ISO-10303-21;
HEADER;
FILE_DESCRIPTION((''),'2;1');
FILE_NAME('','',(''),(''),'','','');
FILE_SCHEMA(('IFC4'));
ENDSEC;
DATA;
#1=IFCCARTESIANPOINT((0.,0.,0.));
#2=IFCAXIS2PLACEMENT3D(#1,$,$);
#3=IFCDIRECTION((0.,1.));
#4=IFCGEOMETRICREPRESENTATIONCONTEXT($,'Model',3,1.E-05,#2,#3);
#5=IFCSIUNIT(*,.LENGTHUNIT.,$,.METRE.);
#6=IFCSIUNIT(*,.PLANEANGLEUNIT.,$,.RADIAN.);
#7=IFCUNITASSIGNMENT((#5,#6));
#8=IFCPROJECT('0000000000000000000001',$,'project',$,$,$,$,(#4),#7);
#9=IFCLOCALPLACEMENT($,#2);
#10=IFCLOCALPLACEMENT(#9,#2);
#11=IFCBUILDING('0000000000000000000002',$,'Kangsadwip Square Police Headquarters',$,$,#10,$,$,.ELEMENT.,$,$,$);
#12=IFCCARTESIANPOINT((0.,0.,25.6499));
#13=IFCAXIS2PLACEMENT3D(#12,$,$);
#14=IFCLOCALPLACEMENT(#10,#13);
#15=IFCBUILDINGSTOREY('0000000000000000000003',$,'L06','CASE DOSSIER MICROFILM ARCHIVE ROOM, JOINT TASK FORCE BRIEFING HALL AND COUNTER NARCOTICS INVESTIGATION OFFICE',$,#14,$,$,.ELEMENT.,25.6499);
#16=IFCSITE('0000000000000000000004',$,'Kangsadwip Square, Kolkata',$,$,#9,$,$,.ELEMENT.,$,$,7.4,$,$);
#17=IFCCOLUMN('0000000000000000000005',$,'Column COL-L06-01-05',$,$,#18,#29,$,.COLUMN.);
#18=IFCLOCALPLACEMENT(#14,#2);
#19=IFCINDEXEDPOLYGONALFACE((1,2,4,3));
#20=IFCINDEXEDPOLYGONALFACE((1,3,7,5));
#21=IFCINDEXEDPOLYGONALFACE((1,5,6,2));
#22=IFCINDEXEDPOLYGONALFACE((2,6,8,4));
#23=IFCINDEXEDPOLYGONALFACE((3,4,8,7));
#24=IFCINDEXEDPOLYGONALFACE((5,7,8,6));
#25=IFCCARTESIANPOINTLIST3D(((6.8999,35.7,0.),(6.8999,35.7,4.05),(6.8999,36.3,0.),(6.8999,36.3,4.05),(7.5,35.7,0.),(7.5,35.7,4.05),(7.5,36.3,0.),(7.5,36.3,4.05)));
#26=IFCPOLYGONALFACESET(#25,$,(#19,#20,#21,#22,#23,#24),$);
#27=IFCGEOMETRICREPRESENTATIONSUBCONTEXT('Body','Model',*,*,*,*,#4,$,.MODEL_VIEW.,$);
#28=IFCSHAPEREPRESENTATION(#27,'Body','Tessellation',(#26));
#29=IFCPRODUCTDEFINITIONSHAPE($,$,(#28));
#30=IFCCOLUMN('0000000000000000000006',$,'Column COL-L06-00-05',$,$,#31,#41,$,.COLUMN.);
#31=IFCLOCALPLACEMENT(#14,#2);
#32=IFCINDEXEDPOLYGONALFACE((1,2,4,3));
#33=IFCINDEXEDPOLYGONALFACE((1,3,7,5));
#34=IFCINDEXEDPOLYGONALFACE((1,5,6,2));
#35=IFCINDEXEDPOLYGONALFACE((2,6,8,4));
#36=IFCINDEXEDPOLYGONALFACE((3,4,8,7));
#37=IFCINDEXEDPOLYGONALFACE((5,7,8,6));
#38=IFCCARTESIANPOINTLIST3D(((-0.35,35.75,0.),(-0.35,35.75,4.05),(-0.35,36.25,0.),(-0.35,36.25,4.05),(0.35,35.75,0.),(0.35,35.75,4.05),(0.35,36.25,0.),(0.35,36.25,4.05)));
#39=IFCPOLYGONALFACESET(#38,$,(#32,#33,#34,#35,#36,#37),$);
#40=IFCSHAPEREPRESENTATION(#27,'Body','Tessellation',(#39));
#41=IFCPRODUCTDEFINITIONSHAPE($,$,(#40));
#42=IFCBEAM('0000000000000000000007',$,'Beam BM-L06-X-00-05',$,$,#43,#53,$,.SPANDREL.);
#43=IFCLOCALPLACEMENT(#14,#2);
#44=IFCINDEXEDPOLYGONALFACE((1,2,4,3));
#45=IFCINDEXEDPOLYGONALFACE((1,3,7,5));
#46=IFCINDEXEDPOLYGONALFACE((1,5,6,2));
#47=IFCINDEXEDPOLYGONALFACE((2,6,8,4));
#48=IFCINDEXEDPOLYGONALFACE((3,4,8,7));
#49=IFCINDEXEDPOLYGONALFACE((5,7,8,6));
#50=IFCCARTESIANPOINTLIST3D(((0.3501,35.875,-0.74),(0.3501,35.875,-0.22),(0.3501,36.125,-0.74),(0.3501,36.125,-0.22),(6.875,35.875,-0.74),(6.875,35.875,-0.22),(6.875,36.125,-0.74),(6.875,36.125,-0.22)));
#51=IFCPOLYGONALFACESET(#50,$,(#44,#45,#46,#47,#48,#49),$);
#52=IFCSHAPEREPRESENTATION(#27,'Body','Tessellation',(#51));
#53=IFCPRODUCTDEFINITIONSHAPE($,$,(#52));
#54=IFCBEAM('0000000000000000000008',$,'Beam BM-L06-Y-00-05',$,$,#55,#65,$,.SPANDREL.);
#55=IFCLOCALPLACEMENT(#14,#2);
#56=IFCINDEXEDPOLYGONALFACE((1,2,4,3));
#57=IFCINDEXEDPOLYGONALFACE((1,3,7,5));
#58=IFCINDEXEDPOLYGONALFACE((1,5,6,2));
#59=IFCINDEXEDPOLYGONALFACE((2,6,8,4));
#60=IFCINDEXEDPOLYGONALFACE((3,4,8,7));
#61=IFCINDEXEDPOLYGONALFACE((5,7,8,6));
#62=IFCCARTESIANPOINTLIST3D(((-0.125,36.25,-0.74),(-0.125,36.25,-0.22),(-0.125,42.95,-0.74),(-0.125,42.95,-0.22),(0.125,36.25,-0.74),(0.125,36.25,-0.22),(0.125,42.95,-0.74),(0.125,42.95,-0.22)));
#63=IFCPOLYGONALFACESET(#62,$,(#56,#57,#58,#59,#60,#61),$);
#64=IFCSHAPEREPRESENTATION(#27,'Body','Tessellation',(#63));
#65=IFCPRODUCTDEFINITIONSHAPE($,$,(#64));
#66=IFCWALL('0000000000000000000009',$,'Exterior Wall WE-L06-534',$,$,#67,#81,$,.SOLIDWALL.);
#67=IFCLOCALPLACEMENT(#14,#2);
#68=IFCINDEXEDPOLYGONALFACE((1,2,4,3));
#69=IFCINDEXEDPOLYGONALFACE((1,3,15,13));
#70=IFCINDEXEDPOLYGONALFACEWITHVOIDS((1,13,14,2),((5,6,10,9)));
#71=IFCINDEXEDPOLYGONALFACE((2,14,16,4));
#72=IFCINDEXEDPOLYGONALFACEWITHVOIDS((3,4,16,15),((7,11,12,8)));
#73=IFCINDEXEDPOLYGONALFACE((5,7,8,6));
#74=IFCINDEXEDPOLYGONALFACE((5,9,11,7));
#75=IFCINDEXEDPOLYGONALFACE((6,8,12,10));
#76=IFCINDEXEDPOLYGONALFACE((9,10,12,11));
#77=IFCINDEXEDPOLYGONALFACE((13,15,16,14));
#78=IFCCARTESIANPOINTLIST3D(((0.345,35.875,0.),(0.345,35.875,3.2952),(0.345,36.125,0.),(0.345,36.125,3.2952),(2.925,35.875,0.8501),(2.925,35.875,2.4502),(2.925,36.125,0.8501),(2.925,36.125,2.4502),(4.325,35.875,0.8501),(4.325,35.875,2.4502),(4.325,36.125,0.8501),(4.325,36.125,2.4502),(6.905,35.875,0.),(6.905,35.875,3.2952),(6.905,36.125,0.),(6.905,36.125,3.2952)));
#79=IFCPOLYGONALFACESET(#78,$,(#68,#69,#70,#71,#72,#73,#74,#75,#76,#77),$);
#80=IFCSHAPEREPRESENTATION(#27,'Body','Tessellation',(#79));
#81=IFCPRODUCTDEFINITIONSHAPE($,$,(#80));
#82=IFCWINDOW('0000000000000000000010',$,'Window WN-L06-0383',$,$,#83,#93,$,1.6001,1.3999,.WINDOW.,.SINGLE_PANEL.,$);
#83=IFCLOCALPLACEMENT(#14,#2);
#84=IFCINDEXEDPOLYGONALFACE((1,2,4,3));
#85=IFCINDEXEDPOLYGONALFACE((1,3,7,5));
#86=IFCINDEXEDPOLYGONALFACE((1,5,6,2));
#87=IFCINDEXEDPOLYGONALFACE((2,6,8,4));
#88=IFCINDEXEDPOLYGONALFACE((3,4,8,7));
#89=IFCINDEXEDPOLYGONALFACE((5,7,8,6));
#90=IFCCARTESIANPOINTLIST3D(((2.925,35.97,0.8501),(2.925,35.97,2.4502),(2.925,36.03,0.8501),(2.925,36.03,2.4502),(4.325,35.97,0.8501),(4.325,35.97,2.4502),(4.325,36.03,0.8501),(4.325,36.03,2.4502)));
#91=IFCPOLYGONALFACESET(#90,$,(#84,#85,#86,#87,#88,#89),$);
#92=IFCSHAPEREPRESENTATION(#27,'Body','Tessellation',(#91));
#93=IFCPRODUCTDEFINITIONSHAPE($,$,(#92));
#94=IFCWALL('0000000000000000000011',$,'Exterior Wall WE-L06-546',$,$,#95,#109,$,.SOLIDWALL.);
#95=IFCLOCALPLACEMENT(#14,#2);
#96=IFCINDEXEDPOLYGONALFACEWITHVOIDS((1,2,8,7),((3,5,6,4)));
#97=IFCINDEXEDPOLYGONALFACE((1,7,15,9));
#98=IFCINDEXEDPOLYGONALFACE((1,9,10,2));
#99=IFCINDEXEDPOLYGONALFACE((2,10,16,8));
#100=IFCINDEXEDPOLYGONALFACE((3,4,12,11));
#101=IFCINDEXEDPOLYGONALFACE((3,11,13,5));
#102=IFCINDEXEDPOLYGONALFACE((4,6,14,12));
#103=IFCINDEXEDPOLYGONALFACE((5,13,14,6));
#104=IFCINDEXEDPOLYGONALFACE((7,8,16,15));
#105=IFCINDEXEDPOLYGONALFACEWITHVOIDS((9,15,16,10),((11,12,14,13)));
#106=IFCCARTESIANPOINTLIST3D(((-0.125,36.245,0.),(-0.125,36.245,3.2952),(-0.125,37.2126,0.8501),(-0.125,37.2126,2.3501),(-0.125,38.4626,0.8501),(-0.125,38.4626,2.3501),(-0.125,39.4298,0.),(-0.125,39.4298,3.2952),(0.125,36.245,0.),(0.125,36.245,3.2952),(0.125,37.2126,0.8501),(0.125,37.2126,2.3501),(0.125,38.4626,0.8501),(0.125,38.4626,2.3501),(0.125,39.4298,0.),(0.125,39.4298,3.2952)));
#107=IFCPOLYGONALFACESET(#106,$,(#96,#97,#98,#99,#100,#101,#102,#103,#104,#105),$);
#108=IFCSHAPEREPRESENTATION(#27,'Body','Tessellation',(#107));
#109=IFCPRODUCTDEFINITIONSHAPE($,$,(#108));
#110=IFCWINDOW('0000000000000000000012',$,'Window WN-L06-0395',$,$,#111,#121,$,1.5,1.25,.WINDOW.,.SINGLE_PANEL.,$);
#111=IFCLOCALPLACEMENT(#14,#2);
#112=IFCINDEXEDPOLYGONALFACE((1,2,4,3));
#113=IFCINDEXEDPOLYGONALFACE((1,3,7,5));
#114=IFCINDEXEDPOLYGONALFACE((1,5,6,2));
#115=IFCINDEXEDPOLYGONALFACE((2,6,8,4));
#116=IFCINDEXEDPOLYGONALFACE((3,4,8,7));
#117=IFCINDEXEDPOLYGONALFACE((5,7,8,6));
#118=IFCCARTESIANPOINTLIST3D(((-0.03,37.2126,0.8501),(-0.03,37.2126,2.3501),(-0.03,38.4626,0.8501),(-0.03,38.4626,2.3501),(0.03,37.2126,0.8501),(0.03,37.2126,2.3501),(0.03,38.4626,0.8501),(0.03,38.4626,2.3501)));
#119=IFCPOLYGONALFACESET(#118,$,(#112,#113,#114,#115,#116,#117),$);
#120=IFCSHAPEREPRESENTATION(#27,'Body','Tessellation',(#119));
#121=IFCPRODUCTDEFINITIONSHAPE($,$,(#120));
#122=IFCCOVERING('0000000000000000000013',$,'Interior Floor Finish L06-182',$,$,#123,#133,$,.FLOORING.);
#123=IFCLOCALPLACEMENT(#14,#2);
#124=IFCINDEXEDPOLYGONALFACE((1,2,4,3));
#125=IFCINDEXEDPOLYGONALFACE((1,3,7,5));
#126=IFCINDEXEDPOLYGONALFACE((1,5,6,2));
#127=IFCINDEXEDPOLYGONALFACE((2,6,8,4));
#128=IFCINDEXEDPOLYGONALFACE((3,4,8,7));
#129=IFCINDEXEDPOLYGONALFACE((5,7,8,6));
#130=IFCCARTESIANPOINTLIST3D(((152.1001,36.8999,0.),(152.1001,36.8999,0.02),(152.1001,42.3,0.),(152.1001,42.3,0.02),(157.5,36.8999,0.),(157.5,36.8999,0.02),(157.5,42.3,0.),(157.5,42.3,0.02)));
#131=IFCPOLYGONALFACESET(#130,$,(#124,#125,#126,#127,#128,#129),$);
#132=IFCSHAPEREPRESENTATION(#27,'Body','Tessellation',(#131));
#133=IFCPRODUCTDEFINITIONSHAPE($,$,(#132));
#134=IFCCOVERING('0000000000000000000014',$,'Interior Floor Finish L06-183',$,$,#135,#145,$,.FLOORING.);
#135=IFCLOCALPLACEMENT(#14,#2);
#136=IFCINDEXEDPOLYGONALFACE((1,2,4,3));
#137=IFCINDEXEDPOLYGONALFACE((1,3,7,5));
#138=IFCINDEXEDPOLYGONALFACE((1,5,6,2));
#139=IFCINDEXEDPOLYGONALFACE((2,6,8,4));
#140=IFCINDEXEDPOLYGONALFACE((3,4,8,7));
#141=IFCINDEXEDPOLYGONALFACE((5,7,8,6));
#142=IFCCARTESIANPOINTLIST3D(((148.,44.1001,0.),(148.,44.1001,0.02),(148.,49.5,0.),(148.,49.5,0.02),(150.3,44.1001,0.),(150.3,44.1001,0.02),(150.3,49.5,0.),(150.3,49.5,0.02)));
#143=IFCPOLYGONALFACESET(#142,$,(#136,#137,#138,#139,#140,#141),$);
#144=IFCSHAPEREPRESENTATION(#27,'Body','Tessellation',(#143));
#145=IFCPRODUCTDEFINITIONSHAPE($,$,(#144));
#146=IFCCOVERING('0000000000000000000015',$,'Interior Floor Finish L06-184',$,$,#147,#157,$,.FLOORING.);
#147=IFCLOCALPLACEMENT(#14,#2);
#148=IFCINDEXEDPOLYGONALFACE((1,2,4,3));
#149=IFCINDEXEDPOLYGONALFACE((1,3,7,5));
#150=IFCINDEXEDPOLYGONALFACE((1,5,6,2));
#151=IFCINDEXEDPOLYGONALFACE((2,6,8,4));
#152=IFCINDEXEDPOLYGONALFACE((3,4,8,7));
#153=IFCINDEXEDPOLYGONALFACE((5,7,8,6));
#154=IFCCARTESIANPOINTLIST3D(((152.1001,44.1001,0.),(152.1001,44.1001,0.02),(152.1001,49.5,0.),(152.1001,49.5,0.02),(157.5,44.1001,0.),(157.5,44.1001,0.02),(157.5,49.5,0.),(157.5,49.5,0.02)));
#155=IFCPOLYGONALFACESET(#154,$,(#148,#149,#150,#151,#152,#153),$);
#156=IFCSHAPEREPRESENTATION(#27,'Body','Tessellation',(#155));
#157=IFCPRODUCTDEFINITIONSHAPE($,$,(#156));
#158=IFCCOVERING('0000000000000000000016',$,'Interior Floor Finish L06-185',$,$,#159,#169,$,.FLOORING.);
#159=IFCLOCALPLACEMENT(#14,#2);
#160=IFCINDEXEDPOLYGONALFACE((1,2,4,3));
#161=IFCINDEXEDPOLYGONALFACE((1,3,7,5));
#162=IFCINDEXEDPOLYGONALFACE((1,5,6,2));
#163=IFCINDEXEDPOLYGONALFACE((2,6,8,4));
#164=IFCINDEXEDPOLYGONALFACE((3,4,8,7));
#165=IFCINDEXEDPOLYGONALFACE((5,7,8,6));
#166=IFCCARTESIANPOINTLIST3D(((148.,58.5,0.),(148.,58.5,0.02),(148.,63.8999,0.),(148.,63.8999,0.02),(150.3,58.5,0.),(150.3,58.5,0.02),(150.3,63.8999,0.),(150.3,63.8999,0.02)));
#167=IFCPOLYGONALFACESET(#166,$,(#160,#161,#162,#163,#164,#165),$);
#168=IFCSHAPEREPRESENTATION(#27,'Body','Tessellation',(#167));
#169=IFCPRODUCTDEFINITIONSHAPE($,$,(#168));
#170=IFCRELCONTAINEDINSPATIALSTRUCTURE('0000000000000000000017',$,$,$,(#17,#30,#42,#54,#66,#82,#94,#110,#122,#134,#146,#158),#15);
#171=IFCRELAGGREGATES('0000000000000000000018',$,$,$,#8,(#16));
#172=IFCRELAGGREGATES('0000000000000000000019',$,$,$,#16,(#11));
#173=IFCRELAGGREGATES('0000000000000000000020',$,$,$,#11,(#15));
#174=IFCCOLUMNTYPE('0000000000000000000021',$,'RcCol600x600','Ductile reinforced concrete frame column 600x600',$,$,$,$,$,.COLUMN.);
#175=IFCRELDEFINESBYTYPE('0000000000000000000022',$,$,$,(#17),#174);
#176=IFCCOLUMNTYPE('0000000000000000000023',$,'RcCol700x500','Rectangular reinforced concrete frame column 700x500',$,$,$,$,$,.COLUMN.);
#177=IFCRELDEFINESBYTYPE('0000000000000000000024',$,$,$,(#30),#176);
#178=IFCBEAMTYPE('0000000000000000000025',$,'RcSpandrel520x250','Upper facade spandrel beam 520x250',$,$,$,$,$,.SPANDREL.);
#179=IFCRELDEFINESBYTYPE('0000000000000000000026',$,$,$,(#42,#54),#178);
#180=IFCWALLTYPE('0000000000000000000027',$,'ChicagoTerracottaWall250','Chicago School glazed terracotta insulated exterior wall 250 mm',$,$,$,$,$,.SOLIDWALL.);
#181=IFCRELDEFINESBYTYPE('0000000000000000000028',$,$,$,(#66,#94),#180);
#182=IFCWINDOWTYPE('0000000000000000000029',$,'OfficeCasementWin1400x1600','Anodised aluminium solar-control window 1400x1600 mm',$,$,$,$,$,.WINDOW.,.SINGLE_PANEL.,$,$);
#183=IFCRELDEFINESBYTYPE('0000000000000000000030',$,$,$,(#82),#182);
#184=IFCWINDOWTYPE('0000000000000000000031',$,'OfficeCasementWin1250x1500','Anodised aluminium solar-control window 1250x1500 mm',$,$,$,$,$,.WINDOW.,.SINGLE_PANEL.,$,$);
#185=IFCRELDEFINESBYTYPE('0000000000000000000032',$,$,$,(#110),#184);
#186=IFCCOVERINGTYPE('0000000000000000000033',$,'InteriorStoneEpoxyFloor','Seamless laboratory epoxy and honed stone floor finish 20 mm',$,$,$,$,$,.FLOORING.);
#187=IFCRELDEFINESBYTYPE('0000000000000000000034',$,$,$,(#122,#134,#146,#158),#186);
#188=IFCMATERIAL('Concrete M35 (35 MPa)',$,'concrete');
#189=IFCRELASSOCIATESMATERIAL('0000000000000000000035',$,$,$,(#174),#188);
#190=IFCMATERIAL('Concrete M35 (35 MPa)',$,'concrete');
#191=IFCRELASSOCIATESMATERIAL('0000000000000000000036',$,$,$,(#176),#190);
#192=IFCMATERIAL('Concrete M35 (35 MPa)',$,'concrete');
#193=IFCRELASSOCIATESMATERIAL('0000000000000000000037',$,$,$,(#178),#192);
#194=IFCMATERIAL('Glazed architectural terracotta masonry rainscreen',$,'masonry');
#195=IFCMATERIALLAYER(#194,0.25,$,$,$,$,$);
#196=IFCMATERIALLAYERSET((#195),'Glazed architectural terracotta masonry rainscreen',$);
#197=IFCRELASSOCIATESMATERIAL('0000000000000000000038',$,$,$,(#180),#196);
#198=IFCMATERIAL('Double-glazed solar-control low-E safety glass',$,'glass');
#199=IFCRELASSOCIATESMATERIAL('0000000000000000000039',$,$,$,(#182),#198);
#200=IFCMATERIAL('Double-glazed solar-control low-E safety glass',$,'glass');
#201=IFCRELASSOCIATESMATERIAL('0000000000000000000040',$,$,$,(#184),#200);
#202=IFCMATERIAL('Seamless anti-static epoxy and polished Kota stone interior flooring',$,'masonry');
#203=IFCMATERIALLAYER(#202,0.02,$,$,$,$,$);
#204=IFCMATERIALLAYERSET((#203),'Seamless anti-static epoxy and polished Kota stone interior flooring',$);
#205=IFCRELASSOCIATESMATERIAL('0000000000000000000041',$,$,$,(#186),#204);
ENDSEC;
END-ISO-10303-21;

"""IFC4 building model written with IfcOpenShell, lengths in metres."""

from ifc_helpers import new_model, si_unit, direction, frame, frame_2d, origin, origin_2d, place, context, subcontext, project, spatial, polyline, rectangle, outline, extrude, material, layer, layer_set, material_profile, profile_set, type_object, element, fill, save


model = new_model("IFC4")

# Units and contexts
model_context = context("Model", 3, precision=1e-05, world=origin(), true_north=direction((0.0, 1.0)))
body_context = subcontext(model_context, "Body", "Model", "MODEL_VIEW")
ifc_project = project(units=[si_unit("LENGTHUNIT", "METRE"), si_unit("PLANEANGLEUNIT", "RADIAN")], contexts=[model_context])

# Site, building, storey
site_placement = place(None, origin())
site = spatial("IfcSite", under=ifc_project, at=site_placement, Name="Kangsadwip Square, Kolkata", CompositionType="ELEMENT", RefElevation=7.4)
building_placement = place(site_placement, origin())
building = spatial("IfcBuilding", under=site, at=building_placement, Name="Kangsadwip Square Police Headquarters", CompositionType="ELEMENT")
storey_placement = place(building_placement, frame((0.0, 0.0, 25.6499)))
storey = spatial("IfcBuildingStorey", under=building, at=storey_placement, Name="L06", Description="CASE DOSSIER MICROFILM ARCHIVE ROOM, JOINT TASK FORCE BRIEFING HALL AND COUNTER NARCOTICS INVESTIGATION OFFICE", CompositionType="ELEMENT", Elevation=25.6499)

# Columns
ifc_material_1 = material(Name="Concrete M35 (35 MPa)", Category="concrete")
ifc_material_profile_1 = material_profile(ifc_material_1, rectangle(XDim=0.6001, YDim=0.6001, at=origin_2d()), Name="RC COL 600X600")
ifc_profile_set_1 = profile_set([ifc_material_profile_1], Name="Concrete M35 (35 MPa)")
column_type_1 = type_object("IfcColumnType", Name="RcCol600x600", Description="Ductile reinforced concrete frame column 600x600", PredefinedType="COLUMN", material=ifc_profile_set_1)
column_1_placement = place(storey_placement, frame((7.2, 36.0, 0.0), z_axis=(0.0, 0.0, 1.0), x_axis=(1.0, 0.0, 0.0)))
element("IfcColumn", 1, at=column_1_placement, inside=storey, type_object=column_type_1, Name="Column COL-L06-01-05", PredefinedType="COLUMN", context=body_context, shape_type="SweptSolid", body=[
    extrude(rectangle(XDim=0.6001, YDim=0.6001, at=origin_2d()), origin(), (0.0, 0.0, 1.0), 4.05),
])
ifc_material_2 = material(Name="Concrete M35 (35 MPa)", Category="concrete")
ifc_material_profile_2 = material_profile(ifc_material_2, rectangle(XDim=0.5, YDim=0.7, at=origin_2d()), Name="RC COL 700X500")
ifc_profile_set_2 = profile_set([ifc_material_profile_2], Name="Concrete M35 (35 MPa)")
column_type_2 = type_object("IfcColumnType", Name="RcCol700x500", Description="Rectangular reinforced concrete frame column 700x500", PredefinedType="COLUMN", material=ifc_profile_set_2)
column_2_placement = place(storey_placement, frame((0.0, 36.0, 0.0), z_axis=(0.0, 0.0, 1.0), x_axis=(0.0, 1.0, 0.0)))
element("IfcColumn", 2, at=column_2_placement, inside=storey, type_object=column_type_2, Name="Column COL-L06-00-05", PredefinedType="COLUMN", context=body_context, shape_type="SweptSolid", body=[
    extrude(rectangle(XDim=0.5, YDim=0.7, at=origin_2d()), origin(), (0.0, 0.0, 1.0), 4.05),
])

# Beams
ifc_material_3 = material(Name="Concrete M35 (35 MPa)", Category="concrete")
ifc_material_profile_3 = material_profile(ifc_material_3, rectangle(XDim=0.25, YDim=0.52, at=origin_2d()), Name="RC SPN 520X250")
ifc_profile_set_3 = profile_set([ifc_material_profile_3], Name="Concrete M35 (35 MPa)")
beam_type = type_object("IfcBeamType", Name="RcSpandrel520x250", Description="Upper facade spandrel beam 520x250", PredefinedType="SPANDREL", material=ifc_profile_set_3)
beam_1_placement = place(storey_placement, frame((0.3501, 36.0, -0.48), z_axis=(1.0, 0.0, 0.0), x_axis=(0.0, 1.0, 0.0)))
element("IfcBeam", 3, at=beam_1_placement, inside=storey, type_object=beam_type, Name="Beam BM-L06-X-00-05", PredefinedType="SPANDREL", context=body_context, shape_type="SweptSolid", body=[
    extrude(rectangle(XDim=0.25, YDim=0.52, at=origin_2d()), origin(), (0.0, 0.0, 1.0), 6.5249),
])
beam_2_placement = place(storey_placement, frame((0.0, 36.25, -0.48), z_axis=(0.0, 1.0, 0.0), x_axis=(-1.0, 0.0, 0.0)))
element("IfcBeam", 4, at=beam_2_placement, inside=storey, type_object=beam_type, Name="Beam BM-L06-Y-00-05", PredefinedType="SPANDREL", context=body_context, shape_type="SweptSolid", body=[
    extrude(rectangle(XDim=0.25, YDim=0.52, at=origin_2d()), origin(), (0.0, 0.0, 1.0), 6.7),
])

# Walls, openings, windows
ifc_material_4 = material(Name="Glazed architectural terracotta masonry rainscreen", Category="masonry")
ifc_layer_1 = layer(ifc_material_4, 0.25)
ifc_layer_set_1 = layer_set([ifc_layer_1], Name="Glazed architectural terracotta masonry rainscreen")
wall_type = type_object("IfcWallType", Name="ChicagoTerracottaWall250", Description="Chicago School glazed terracotta insulated exterior wall 250 mm", PredefinedType="SOLIDWALL", material=ifc_layer_set_1)
wall_1_placement = place(storey_placement, frame((0.345, 36.0, 0.0), z_axis=(0.0, 0.0, 1.0), x_axis=(1.0, 0.0, 0.0)))
wall_1 = element("IfcWall", 5, at=wall_1_placement, inside=storey, type_object=wall_type, Name="Exterior Wall WE-L06-534", PredefinedType="SOLIDWALL", context=body_context, shape_type="SweptSolid", body=[
    extrude(rectangle(XDim=6.5601, YDim=0.25, at=frame_2d((3.28, 0.0))), origin(), (0.0, 0.0, 1.0), 3.2952),
])
opening_1_placement = place(wall_1_placement, frame((2.5801, 0.0, 0.8501)))
opening_1 = element("IfcOpeningElement", 6, at=opening_1_placement, cuts=wall_1, PredefinedType="OPENING", context=body_context, shape_type="SweptSolid", body=[
    extrude(rectangle(XDim=1.3999, YDim=1.6001, at=frame_2d((0.7, 0.8))), frame((0.0, 0.135, 0.0), z_axis=(0.0, -1.0, 0.0), x_axis=(1.0, 0.0, 0.0)), (0.0, 0.0, 1.0), 0.27),
])
ifc_material_5 = material(Name="Double-glazed solar-control low-E safety glass", Category="glass")
window_type_1 = type_object("IfcWindowType", Name="OfficeCasementWin1400x1600", Description="Anodised aluminium solar-control window 1400x1600 mm", PartitioningType="SINGLE_PANEL", PredefinedType="WINDOW", material=ifc_material_5)
window_1_placement = place(opening_1_placement, origin())
window_1 = element("IfcWindow", 7, at=window_1_placement, inside=storey, type_object=window_type_1, Name="Window WN-L06-0383", OverallHeight=1.6001, OverallWidth=1.3999, PartitioningType="SINGLE_PANEL", PredefinedType="WINDOW", context=body_context, shape_type="SweptSolid", body=[
    extrude(rectangle(XDim=1.3999, YDim=1.6001, at=frame_2d((0.7, 0.8))), frame((0.0, 0.03, 0.0), z_axis=(0.0, -1.0, 0.0), x_axis=(1.0, 0.0, 0.0)), (0.0, 0.0, 1.0), 0.0601),
])
fill(opening_1, window_1)
wall_2_placement = place(storey_placement, frame((0.0, 36.2451, 0.0), z_axis=(0.0, 0.0, 1.0), x_axis=(0.0, 1.0, 0.0)))
wall_2 = element("IfcWall", 8, at=wall_2_placement, inside=storey, type_object=wall_type, Name="Exterior Wall WE-L06-546", PredefinedType="SOLIDWALL", context=body_context, shape_type="SweptSolid", body=[
    extrude(rectangle(XDim=3.1848, YDim=0.25, at=frame_2d((1.5923, 0.0))), origin(), (0.0, 0.0, 1.0), 3.2952),
])
opening_2_placement = place(wall_2_placement, frame((0.9675, 0.0, 0.8501)))
opening_2 = element("IfcOpeningElement", 9, at=opening_2_placement, cuts=wall_2, PredefinedType="OPENING", context=body_context, shape_type="SweptSolid", body=[
    extrude(rectangle(XDim=1.25, YDim=1.5, at=frame_2d((0.625, 0.75))), frame((0.0, 0.135, 0.0), z_axis=(0.0, -1.0, 0.0), x_axis=(1.0, 0.0, 0.0)), (0.0, 0.0, 1.0), 0.27),
])
ifc_material_6 = material(Name="Double-glazed solar-control low-E safety glass", Category="glass")
window_type_2 = type_object("IfcWindowType", Name="OfficeCasementWin1250x1500", Description="Anodised aluminium solar-control window 1250x1500 mm", PartitioningType="SINGLE_PANEL", PredefinedType="WINDOW", material=ifc_material_6)
window_2_placement = place(opening_2_placement, origin())
window_2 = element("IfcWindow", 10, at=window_2_placement, inside=storey, type_object=window_type_2, Name="Window WN-L06-0395", OverallHeight=1.5, OverallWidth=1.25, PartitioningType="SINGLE_PANEL", PredefinedType="WINDOW", context=body_context, shape_type="SweptSolid", body=[
    extrude(rectangle(XDim=1.25, YDim=1.5, at=frame_2d((0.625, 0.75))), frame((0.0, 0.03, 0.0), z_axis=(0.0, -1.0, 0.0), x_axis=(1.0, 0.0, 0.0)), (0.0, 0.0, 1.0), 0.0601),
])
fill(opening_2, window_2)

# Coverings
ifc_material_7 = material(Name="Seamless anti-static epoxy and polished Kota stone interior flooring", Category="masonry")
ifc_layer_2 = layer(ifc_material_7, 0.02)
ifc_layer_set_2 = layer_set([ifc_layer_2], Name="Seamless anti-static epoxy and polished Kota stone interior flooring")
covering_type_1 = type_object("IfcCoveringType", Name="InteriorStoneEpoxyFloor", Description="Seamless laboratory epoxy and honed stone floor finish 20 mm", PredefinedType="FLOORING", material=ifc_layer_set_2)
covering_1_placement = place(storey_placement, origin())
element("IfcCovering", 11, at=covering_1_placement, inside=storey, type_object=covering_type_1, Name="Interior Floor Finish L06-182", PredefinedType="FLOORING", context=body_context, shape_type="SweptSolid", body=[
    extrude(outline(polyline([(152.1001, 36.8999), (157.5, 36.8999), (157.5, 42.3), (152.1001, 42.3), (152.1001, 36.8999)])), origin(), (0.0, 0.0, 1.0), 0.02),
])
covering_2_placement = place(storey_placement, origin())
element("IfcCovering", 12, at=covering_2_placement, inside=storey, type_object=covering_type_1, Name="Interior Floor Finish L06-183", PredefinedType="FLOORING", context=body_context, shape_type="SweptSolid", body=[
    extrude(outline(polyline([(148.0, 44.1001), (150.3, 44.1001), (150.3, 49.5), (148.0, 49.5), (148.0, 44.1001)])), origin(), (0.0, 0.0, 1.0), 0.02),
])
covering_3_placement = place(storey_placement, origin())
element("IfcCovering", 13, at=covering_3_placement, inside=storey, type_object=covering_type_1, Name="Interior Floor Finish L06-184", PredefinedType="FLOORING", context=body_context, shape_type="SweptSolid", body=[
    extrude(outline(polyline([(152.1001, 44.1001), (157.5, 44.1001), (157.5, 49.5), (152.1001, 49.5), (152.1001, 44.1001)])), origin(), (0.0, 0.0, 1.0), 0.02),
])
covering_4_placement = place(storey_placement, origin())
element("IfcCovering", 14, at=covering_4_placement, inside=storey, type_object=covering_type_1, Name="Interior Floor Finish L06-185", PredefinedType="FLOORING", context=body_context, shape_type="SweptSolid", body=[
    extrude(outline(polyline([(148.0, 58.5), (150.3, 58.5), (150.3, 63.8999), (148.0, 63.8999), (148.0, 58.5)])), origin(), (0.0, 0.0, 1.0), 0.02),
])

save(model, "model.ifc")
